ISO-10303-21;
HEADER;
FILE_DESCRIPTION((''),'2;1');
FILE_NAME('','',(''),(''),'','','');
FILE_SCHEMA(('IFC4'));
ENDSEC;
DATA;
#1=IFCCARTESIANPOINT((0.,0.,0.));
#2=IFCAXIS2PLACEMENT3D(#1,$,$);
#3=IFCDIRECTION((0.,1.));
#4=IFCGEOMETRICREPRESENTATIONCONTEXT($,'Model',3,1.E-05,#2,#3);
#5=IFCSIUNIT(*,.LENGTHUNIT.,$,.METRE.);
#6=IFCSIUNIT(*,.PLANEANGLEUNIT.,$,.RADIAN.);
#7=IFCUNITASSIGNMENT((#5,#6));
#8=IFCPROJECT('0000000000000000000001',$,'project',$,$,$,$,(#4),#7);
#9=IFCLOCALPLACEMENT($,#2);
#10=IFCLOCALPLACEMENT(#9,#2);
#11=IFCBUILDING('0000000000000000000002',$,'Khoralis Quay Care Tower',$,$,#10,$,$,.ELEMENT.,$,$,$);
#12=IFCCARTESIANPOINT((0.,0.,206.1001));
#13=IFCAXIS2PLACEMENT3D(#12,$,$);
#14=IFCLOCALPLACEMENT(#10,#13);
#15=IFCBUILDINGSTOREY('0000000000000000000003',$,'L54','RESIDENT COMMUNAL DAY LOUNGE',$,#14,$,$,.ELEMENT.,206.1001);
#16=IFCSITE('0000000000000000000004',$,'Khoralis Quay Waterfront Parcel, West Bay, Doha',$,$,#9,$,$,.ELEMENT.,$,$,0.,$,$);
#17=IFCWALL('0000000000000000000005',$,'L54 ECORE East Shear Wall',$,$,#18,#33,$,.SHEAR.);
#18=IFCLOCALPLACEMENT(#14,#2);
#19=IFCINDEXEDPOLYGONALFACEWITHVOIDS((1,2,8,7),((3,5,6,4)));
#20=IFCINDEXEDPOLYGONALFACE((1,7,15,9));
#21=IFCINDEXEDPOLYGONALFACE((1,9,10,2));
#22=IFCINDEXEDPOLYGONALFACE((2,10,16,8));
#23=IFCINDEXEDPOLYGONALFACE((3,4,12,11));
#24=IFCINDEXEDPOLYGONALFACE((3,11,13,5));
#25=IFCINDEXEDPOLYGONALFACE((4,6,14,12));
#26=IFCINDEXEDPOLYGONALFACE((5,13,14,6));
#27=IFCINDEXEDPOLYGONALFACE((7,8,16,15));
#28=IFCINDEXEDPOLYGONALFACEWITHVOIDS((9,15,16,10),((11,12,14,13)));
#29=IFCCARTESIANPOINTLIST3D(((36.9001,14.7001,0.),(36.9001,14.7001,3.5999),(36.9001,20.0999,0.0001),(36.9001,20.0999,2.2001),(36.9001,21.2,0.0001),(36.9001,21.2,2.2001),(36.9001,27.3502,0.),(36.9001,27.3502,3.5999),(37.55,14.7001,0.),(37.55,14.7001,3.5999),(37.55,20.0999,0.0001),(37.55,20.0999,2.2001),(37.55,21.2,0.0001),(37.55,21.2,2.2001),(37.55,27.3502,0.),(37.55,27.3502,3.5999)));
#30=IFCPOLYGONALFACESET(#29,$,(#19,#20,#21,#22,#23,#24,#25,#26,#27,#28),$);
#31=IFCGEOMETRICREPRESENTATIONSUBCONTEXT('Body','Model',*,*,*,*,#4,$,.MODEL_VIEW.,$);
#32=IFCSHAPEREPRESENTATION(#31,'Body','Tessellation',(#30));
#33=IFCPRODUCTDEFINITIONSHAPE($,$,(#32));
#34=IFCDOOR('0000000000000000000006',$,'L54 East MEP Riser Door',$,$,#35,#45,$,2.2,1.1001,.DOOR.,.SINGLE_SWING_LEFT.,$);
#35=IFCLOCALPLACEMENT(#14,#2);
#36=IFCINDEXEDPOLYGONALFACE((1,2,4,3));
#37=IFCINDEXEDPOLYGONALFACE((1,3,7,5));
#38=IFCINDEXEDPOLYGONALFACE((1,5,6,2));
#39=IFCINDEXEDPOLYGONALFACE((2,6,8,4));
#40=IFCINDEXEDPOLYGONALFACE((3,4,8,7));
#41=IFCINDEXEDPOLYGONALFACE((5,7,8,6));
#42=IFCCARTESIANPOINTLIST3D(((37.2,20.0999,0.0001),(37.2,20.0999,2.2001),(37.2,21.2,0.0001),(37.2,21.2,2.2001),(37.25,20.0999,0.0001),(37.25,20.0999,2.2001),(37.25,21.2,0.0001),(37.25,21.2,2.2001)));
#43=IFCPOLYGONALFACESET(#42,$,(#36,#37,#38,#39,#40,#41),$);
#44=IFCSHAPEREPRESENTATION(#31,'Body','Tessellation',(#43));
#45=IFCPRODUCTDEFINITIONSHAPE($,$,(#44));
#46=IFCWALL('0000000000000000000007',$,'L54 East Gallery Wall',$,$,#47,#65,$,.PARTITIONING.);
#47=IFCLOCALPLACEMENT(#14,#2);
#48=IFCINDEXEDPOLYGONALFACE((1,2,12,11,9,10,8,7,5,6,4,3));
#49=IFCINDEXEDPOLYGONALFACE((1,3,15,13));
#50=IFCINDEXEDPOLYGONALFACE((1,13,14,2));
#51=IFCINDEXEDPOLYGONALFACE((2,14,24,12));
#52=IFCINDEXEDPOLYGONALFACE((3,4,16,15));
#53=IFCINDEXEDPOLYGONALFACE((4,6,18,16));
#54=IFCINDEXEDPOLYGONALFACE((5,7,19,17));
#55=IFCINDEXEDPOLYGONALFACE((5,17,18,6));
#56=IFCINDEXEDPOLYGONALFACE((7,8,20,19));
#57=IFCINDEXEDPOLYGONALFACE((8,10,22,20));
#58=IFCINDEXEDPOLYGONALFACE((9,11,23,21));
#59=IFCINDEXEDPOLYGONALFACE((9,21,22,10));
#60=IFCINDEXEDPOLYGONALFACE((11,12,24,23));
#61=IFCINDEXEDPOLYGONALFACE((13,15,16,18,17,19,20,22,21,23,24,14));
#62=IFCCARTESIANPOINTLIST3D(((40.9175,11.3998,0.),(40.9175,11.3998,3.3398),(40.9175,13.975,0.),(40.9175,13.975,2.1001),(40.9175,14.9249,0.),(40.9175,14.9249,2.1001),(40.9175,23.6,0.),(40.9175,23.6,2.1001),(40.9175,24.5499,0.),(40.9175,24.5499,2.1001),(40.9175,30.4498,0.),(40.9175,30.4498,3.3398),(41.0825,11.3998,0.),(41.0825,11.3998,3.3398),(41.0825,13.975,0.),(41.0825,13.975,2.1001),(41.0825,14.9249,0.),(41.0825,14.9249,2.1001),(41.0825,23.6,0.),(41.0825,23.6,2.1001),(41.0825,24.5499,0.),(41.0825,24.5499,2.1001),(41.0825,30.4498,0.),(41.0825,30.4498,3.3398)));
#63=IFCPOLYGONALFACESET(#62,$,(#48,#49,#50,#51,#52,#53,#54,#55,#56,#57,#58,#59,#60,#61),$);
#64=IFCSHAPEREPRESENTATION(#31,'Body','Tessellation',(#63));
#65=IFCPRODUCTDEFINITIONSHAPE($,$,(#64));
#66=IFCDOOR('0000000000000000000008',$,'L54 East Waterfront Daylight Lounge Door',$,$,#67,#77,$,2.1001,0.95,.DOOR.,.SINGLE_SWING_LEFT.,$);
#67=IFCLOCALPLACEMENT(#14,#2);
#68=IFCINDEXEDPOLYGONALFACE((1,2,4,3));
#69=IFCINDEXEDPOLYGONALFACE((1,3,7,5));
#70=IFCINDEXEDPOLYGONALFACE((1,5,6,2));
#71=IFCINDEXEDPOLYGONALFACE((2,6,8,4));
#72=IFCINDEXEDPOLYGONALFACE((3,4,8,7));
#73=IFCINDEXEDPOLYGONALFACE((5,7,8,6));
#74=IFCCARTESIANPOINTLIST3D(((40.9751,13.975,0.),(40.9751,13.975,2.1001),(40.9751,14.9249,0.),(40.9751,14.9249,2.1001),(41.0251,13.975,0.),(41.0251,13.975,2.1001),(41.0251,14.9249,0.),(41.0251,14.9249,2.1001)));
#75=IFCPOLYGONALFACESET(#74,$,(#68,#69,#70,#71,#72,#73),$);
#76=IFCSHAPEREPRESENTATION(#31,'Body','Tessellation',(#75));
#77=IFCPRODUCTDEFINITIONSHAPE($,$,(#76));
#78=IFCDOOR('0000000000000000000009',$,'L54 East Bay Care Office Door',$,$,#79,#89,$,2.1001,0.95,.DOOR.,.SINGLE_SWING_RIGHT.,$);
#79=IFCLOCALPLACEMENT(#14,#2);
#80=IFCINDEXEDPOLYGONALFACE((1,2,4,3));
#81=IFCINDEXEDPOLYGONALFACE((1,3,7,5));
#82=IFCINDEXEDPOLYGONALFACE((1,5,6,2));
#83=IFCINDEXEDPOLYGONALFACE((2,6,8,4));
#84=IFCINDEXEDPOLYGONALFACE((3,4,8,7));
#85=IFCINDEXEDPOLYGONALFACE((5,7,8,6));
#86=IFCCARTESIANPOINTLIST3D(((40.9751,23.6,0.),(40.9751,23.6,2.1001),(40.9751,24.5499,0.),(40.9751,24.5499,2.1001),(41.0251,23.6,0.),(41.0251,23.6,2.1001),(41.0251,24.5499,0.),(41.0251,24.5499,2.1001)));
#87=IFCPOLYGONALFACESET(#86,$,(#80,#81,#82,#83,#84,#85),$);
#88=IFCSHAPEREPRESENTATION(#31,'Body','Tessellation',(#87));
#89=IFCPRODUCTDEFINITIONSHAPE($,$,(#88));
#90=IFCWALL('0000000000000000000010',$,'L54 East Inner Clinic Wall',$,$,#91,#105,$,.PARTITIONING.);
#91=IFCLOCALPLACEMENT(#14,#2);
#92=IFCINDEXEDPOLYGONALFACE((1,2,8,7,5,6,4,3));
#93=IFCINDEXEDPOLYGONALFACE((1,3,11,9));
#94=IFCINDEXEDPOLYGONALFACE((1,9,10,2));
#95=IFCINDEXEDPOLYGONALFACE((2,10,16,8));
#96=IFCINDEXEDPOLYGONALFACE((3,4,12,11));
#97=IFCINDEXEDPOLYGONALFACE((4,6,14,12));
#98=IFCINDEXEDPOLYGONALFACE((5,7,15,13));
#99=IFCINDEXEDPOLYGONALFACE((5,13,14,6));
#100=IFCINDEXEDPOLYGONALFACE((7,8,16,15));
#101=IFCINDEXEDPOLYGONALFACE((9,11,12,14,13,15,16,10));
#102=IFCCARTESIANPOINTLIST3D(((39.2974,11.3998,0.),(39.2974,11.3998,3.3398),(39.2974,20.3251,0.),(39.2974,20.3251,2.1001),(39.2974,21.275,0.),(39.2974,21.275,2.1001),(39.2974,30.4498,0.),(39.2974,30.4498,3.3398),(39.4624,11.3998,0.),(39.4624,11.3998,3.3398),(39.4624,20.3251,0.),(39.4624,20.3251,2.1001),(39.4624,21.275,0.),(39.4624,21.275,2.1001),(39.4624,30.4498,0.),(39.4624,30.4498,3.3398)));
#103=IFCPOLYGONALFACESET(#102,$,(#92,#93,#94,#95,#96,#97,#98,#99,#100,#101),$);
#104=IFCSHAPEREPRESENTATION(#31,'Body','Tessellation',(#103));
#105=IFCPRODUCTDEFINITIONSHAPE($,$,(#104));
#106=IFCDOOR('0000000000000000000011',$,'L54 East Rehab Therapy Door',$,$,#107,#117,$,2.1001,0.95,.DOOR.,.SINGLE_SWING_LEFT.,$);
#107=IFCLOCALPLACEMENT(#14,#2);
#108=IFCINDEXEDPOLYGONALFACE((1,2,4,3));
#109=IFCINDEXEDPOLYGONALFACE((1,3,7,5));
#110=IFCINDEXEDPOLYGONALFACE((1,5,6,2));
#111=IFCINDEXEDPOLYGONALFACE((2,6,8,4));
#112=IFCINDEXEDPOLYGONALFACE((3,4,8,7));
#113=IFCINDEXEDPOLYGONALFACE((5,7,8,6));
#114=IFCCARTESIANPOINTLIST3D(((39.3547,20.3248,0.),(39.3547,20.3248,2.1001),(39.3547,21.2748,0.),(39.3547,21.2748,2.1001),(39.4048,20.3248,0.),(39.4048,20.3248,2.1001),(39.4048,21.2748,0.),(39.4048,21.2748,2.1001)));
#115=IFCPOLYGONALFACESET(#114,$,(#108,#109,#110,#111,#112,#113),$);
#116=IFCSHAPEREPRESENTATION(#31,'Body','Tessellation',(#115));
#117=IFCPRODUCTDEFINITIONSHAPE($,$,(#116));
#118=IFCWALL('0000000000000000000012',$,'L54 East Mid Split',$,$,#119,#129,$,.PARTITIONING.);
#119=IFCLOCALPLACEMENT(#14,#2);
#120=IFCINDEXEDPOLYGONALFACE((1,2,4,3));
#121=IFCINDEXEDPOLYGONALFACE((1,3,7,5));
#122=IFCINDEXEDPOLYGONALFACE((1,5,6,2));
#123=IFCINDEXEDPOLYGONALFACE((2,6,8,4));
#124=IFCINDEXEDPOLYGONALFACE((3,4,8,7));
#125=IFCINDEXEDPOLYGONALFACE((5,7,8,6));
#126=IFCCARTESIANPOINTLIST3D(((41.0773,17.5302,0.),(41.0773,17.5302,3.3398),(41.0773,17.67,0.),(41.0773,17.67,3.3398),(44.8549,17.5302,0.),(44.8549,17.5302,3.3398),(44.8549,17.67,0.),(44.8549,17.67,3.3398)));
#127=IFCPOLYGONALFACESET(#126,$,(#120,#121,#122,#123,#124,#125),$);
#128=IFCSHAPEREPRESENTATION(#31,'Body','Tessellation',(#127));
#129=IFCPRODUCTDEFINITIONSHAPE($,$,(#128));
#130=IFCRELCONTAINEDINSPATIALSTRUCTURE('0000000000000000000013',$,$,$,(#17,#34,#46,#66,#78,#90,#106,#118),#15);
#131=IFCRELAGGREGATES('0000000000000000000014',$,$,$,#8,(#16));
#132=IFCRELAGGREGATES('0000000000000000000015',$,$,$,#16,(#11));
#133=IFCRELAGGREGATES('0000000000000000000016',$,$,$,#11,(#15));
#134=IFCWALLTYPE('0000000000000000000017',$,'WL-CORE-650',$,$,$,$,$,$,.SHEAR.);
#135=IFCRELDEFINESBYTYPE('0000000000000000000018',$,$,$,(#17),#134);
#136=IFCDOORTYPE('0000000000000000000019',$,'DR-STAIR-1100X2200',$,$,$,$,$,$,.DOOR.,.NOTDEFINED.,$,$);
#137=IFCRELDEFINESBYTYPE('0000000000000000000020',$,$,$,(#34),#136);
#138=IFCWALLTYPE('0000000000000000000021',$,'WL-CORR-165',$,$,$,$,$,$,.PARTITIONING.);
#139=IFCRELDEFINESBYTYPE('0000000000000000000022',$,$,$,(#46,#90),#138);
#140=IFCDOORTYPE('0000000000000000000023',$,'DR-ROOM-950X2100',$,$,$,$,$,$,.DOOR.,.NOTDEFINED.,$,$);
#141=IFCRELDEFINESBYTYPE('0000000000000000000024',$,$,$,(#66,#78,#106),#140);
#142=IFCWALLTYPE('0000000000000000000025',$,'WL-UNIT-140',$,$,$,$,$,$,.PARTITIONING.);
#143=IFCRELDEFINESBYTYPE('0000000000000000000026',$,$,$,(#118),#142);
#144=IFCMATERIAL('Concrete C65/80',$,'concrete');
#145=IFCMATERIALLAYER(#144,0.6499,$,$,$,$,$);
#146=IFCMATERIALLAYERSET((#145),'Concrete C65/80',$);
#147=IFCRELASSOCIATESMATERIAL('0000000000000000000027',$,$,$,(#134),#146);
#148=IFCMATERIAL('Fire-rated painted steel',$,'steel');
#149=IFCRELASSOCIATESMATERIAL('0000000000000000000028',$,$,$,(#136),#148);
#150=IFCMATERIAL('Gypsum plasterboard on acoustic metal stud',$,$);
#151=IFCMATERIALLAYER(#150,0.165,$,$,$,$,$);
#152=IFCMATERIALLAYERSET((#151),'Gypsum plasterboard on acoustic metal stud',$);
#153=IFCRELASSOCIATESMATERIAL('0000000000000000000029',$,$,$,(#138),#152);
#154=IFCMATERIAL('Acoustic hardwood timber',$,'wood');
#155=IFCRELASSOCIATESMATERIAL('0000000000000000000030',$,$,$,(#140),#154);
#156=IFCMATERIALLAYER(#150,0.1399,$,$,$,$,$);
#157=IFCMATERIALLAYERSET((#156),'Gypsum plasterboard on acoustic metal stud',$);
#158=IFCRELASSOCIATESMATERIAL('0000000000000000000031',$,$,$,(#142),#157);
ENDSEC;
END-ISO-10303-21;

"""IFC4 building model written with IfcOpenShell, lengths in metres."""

from ifc_helpers import new_model, si_unit, direction, frame, frame_2d, origin, place, context, subcontext, project, spatial, rectangle, extrude, source, transform, mapped, material, layer, layer_set, type_object, element, fill, save


model = new_model("IFC4")

# Units and contexts
model_context = context("Model", 3, precision=1e-05, world=origin(), true_north=direction((0.0, 1.0)))
body_context = subcontext(model_context, "Body", "Model", "MODEL_VIEW")
ifc_project = project(units=[si_unit("LENGTHUNIT", "METRE"), si_unit("PLANEANGLEUNIT", "RADIAN")], contexts=[model_context])

# Site, building, storey
site_placement = place(None, origin())
site = spatial("IfcSite", under=ifc_project, at=site_placement, Name="Khoralis Quay Waterfront Parcel, West Bay, Doha", CompositionType="ELEMENT", RefElevation=0.0)
building_placement = place(site_placement, origin())
building = spatial("IfcBuilding", under=site, at=building_placement, Name="Khoralis Quay Care Tower", CompositionType="ELEMENT")
storey_placement = place(building_placement, frame((0.0, 0.0, 206.1001)))
storey = spatial("IfcBuildingStorey", under=building, at=storey_placement, Name="L54", Description="RESIDENT COMMUNAL DAY LOUNGE", CompositionType="ELEMENT", Elevation=206.1001)

# Shared definitions
ifc_material_1 = material(Name="Concrete C65/80", Category="concrete")

# Shared definitions
ifc_material_2 = material(Name="Gypsum plasterboard on acoustic metal stud")

# Wall, opening, door
ifc_layer_1 = layer(ifc_material_1, 0.6499)
ifc_layer_set_1 = layer_set([ifc_layer_1], Name="Concrete C65/80")
wall_type_1 = type_object("IfcWallType", Name="WL-CORE-650", PredefinedType="SHEAR", material=ifc_layer_set_1)
wall_1_placement = place(storey_placement, frame((37.2251, 14.7, 0.0), z_axis=(0.0, 0.0, 1.0), x_axis=(0.0, 1.0, 0.0)))
wall_1 = element("IfcWall", 1, at=wall_1_placement, inside=storey, type_object=wall_type_1, Name="L54 ECORE East Shear Wall", PredefinedType="SHEAR", context=body_context, shape_type="SweptSolid", body=[
    extrude(rectangle(XDim=12.6501, YDim=0.6499, at=frame_2d((6.3252, 0.0))), origin(), (0.0, 0.0, 1.0), 3.5999),
])
opening_1_placement = place(wall_1_placement, frame((5.3999, 0.0, 0.0)))
opening_1 = element("IfcOpeningElement", 2, at=opening_1_placement, cuts=wall_1, PredefinedType="OPENING", context=body_context, shape_type="SweptSolid", body=[
    extrude(rectangle(XDim=1.1001, YDim=2.2, at=frame_2d((0.55, 1.1001))), frame((0.0, 0.335, 0.0), z_axis=(0.0, -1.0, 0.0), x_axis=(1.0, 0.0, 0.0)), (0.0, 0.0, 1.0), 0.6699),
])
ifc_material_3 = material(Name="Fire-rated painted steel", Category="steel")
door_type_1 = type_object("IfcDoorType", Name="DR-STAIR-1100X2200", OperationType="NOTDEFINED", PredefinedType="DOOR", material=ifc_material_3)
shared_shape_1 = source(origin(), body_context, "Body", "SweptSolid", [
    extrude(rectangle(XDim=1.1001, YDim=2.2, at=frame_2d((0.55, 1.1001))), frame((0.0, 0.0249, 0.0), z_axis=(0.0, -1.0, 0.0), x_axis=(1.0, 0.0, 0.0)), (0.0, 0.0, 1.0), 0.05),
])
door_1_placement = place(opening_1_placement, frame((1.1001, 0.0, 0.0), z_axis=(0.0, 0.0, 1.0), x_axis=(-1.0, 0.0, 0.0)))
door_1 = element("IfcDoor", 3, at=door_1_placement, inside=storey, type_object=door_type_1, Name="L54 East MEP Riser Door", OperationType="SINGLE_SWING_LEFT", OverallHeight=2.2, OverallWidth=1.1001, PredefinedType="DOOR", context=body_context, shape_type="MappedRepresentation", body=[
    mapped(shared_shape_1, transform((0.0, 0.0, 0.0), scale=1.0)),
])
fill(opening_1, door_1)

# Wall, openings, doors
ifc_layer_2 = layer(ifc_material_2, 0.165)
ifc_layer_set_2 = layer_set([ifc_layer_2], Name="Gypsum plasterboard on acoustic metal stud")
wall_type_2 = type_object("IfcWallType", Name="WL-CORR-165", PredefinedType="PARTITIONING", material=ifc_layer_set_2)
wall_2_placement = place(storey_placement, frame((41.0, 11.3999, 0.0), z_axis=(0.0, 0.0, 1.0), x_axis=(0.0, 1.0, 0.0)))
wall_2 = element("IfcWall", 4, at=wall_2_placement, inside=storey, type_object=wall_type_2, Name="L54 East Gallery Wall", PredefinedType="PARTITIONING", context=body_context, shape_type="SweptSolid", body=[
    extrude(rectangle(XDim=19.05, YDim=0.165, at=frame_2d((9.5249, 0.0))), origin(), (0.0, 0.0, 1.0), 3.3398),
])
opening_2_placement = place(wall_2_placement, frame((2.575, 0.0, 0.0)))
opening_2 = element("IfcOpeningElement", 5, at=opening_2_placement, cuts=wall_2, PredefinedType="OPENING", context=body_context, shape_type="SweptSolid", body=[
    extrude(rectangle(XDim=0.95, YDim=2.1001, at=frame_2d((0.4751, 1.05))), frame((0.0, 0.0925, 0.0), z_axis=(0.0, -1.0, 0.0), x_axis=(1.0, 0.0, 0.0)), (0.0, 0.0, 1.0), 0.1851),
])
opening_3_placement = place(wall_2_placement, frame((12.2, 0.0, 0.0)))
opening_3 = element("IfcOpeningElement", 6, at=opening_3_placement, cuts=wall_2, PredefinedType="OPENING", context=body_context, shape_type="SweptSolid", body=[
    extrude(rectangle(XDim=0.95, YDim=2.1001, at=frame_2d((0.4751, 1.05))), frame((0.0, 0.0925, 0.0), z_axis=(0.0, -1.0, 0.0), x_axis=(1.0, 0.0, 0.0)), (0.0, 0.0, 1.0), 0.1851),
])
ifc_material_4 = material(Name="Acoustic hardwood timber", Category="wood")
door_type_2 = type_object("IfcDoorType", Name="DR-ROOM-950X2100", OperationType="NOTDEFINED", PredefinedType="DOOR", material=ifc_material_4)
shared_shape_2 = source(origin(), body_context, "Body", "SweptSolid", [
    extrude(rectangle(XDim=0.95, YDim=2.1001, at=frame_2d((0.4751, 1.05))), frame((0.0, 0.0249, 0.0), z_axis=(0.0, -1.0, 0.0), x_axis=(1.0, 0.0, 0.0)), (0.0, 0.0, 1.0), 0.05),
])
door_2_placement = place(opening_2_placement, origin())
door_2 = element("IfcDoor", 7, at=door_2_placement, inside=storey, type_object=door_type_2, Name="L54 East Waterfront Daylight Lounge Door", OperationType="SINGLE_SWING_LEFT", OverallHeight=2.1001, OverallWidth=0.95, PredefinedType="DOOR", context=body_context, shape_type="MappedRepresentation", body=[
    mapped(shared_shape_2, transform((0.0, 0.0, 0.0), scale=1.0)),
])
fill(opening_2, door_2)
door_3_placement = place(opening_3_placement, origin())
door_3 = element("IfcDoor", 8, at=door_3_placement, inside=storey, type_object=door_type_2, Name="L54 East Bay Care Office Door", OperationType="SINGLE_SWING_RIGHT", OverallHeight=2.1001, OverallWidth=0.95, PredefinedType="DOOR", context=body_context, shape_type="MappedRepresentation", body=[
    mapped(shared_shape_2, transform((0.0, 0.0, 0.0), scale=1.0)),
])
fill(opening_3, door_3)

# Wall, opening, door
wall_3_placement = place(storey_placement, frame((39.3799, 11.3999, 0.0), z_axis=(0.0, 0.0, 1.0), x_axis=(0.0, 1.0, 0.0)))
wall_3 = element("IfcWall", 9, at=wall_3_placement, inside=storey, type_object=wall_type_2, Name="L54 East Inner Clinic Wall", PredefinedType="PARTITIONING", context=body_context, shape_type="SweptSolid", body=[
    extrude(rectangle(XDim=19.05, YDim=0.165, at=frame_2d((9.5249, 0.0))), origin(), (0.0, 0.0, 1.0), 3.3398),
])
opening_4_placement = place(wall_3_placement, frame((8.925, 0.0, 0.0)))
opening_4 = element("IfcOpeningElement", 10, at=opening_4_placement, cuts=wall_3, PredefinedType="OPENING", context=body_context, shape_type="SweptSolid", body=[
    extrude(rectangle(XDim=0.95, YDim=2.1001, at=frame_2d((0.4751, 1.05))), frame((0.0, 0.0925, 0.0), z_axis=(0.0, -1.0, 0.0), x_axis=(1.0, 0.0, 0.0)), (0.0, 0.0, 1.0), 0.1851),
])
door_4_placement = place(opening_4_placement, frame((0.95, 0.0, 0.0), z_axis=(0.0, 0.0, 1.0), x_axis=(-1.0, 0.0, 0.0)))
door_4 = element("IfcDoor", 11, at=door_4_placement, inside=storey, type_object=door_type_2, Name="L54 East Rehab Therapy Door", OperationType="SINGLE_SWING_LEFT", OverallHeight=2.1001, OverallWidth=0.95, PredefinedType="DOOR", context=body_context, shape_type="MappedRepresentation", body=[
    mapped(shared_shape_2, transform((0.0, 0.0, 0.0), scale=1.0)),
])
fill(opening_4, door_4)

# Wall
ifc_layer_3 = layer(ifc_material_2, 0.1399)
ifc_layer_set_3 = layer_set([ifc_layer_3], Name="Gypsum plasterboard on acoustic metal stud")
wall_type_3 = type_object("IfcWallType", Name="WL-UNIT-140", PredefinedType="PARTITIONING", material=ifc_layer_set_3)
wall_4_placement = place(storey_placement, frame((41.0774, 17.6001, 0.0), z_axis=(0.0, 0.0, 1.0), x_axis=(1.0, 0.0, 0.0)))
element("IfcWall", 12, at=wall_4_placement, inside=storey, type_object=wall_type_3, Name="L54 East Mid Split", PredefinedType="PARTITIONING", context=body_context, shape_type="SweptSolid", body=[
    extrude(rectangle(XDim=3.7776, YDim=0.1399, at=frame_2d((1.8887, 0.0))), origin(), (0.0, 0.0, 1.0), 3.3398),
])

save(model, "model.ifc")
